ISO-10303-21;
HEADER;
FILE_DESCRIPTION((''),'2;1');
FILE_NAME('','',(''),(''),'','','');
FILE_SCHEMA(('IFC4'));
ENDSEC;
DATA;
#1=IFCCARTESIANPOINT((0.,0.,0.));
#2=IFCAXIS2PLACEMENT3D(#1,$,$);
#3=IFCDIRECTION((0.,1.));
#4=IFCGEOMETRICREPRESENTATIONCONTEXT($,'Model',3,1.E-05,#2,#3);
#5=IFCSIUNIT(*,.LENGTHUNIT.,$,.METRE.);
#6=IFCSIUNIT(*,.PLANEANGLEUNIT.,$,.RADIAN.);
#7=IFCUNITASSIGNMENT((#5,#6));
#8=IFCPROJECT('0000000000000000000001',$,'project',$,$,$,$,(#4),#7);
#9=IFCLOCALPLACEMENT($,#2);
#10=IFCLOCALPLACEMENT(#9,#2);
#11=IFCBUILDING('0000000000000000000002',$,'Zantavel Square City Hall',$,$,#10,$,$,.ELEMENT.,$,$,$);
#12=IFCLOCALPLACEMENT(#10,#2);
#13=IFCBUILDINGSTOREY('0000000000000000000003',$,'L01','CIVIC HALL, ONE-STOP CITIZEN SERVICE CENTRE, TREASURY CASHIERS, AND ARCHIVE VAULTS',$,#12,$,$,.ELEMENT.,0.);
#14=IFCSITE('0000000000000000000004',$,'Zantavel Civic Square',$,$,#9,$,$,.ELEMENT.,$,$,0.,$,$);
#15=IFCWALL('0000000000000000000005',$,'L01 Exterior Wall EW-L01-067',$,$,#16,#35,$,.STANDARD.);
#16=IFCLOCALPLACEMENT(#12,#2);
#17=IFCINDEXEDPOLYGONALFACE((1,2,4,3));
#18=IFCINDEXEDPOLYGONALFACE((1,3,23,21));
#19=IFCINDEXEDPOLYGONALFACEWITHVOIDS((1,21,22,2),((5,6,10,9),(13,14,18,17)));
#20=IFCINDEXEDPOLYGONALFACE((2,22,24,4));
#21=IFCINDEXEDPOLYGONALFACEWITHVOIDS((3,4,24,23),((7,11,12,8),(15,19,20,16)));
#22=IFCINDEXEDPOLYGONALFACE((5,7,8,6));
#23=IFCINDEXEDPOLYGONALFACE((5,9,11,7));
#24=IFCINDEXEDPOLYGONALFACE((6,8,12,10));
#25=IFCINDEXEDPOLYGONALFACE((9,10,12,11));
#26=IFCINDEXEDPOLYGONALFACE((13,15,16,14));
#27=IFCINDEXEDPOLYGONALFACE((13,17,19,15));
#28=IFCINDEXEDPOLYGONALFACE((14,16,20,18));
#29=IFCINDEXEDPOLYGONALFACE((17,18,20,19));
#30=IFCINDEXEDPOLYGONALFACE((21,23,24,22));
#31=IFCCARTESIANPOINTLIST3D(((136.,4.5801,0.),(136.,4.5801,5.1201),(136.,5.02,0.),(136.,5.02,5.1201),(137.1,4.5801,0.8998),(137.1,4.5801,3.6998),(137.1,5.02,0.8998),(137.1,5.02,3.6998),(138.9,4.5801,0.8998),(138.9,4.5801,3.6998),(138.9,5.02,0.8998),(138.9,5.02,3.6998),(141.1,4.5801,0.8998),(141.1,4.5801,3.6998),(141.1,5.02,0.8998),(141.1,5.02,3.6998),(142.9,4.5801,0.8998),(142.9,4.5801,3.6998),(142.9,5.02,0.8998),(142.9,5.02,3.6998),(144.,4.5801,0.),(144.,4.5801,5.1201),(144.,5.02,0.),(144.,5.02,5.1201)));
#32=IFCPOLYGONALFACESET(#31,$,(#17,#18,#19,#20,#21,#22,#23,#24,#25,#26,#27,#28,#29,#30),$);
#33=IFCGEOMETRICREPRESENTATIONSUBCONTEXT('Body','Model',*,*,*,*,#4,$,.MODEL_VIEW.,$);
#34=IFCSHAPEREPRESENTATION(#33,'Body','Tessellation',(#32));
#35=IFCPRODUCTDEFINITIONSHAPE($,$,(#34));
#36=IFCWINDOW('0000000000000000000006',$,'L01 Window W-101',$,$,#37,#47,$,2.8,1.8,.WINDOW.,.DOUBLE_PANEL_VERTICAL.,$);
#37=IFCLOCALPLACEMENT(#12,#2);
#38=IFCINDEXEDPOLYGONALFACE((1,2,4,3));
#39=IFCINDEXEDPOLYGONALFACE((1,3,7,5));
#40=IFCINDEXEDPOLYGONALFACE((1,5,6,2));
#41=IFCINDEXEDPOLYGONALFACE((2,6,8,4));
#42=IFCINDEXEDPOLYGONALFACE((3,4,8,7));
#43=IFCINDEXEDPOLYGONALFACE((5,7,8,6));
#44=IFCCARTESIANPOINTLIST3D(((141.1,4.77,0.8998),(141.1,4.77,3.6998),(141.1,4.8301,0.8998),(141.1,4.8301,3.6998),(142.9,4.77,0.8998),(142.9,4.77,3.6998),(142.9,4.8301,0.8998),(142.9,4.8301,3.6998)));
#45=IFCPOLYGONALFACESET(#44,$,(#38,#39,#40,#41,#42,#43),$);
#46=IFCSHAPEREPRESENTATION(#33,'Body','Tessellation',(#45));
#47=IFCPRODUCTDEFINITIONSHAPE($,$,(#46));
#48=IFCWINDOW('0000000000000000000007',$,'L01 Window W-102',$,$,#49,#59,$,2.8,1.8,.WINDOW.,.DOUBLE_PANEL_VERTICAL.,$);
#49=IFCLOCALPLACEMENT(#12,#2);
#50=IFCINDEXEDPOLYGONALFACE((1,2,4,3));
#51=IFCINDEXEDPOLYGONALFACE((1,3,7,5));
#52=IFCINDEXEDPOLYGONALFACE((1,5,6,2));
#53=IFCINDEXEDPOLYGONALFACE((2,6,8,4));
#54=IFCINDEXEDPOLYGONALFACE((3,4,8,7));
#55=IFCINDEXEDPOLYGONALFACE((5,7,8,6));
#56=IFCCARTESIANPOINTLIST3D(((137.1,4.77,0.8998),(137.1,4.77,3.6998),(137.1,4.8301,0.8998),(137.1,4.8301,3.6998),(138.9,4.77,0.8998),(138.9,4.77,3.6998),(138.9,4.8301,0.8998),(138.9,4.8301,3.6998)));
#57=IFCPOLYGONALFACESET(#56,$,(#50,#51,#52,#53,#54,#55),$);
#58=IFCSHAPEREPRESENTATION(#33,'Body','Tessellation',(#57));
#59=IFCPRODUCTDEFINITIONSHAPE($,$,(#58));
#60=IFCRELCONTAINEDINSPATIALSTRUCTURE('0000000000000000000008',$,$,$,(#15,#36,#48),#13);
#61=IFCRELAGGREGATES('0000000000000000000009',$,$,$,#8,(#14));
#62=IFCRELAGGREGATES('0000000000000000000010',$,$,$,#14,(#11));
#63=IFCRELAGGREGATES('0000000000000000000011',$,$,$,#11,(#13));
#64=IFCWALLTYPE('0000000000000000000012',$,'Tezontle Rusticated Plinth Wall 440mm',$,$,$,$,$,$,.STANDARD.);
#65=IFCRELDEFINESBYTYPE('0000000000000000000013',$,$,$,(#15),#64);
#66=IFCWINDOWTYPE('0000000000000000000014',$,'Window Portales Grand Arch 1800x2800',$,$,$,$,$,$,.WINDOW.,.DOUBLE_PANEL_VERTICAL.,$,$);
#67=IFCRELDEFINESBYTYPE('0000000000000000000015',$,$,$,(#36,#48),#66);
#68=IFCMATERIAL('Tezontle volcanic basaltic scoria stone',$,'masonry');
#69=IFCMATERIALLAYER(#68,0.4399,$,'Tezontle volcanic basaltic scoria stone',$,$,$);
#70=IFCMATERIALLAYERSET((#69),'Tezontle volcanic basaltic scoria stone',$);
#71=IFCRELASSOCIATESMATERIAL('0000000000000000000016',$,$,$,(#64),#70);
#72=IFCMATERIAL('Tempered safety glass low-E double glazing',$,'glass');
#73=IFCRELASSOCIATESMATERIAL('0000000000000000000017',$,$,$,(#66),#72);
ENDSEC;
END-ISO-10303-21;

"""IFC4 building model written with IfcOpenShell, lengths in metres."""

from ifc_helpers import new_model, si_unit, direction, frame, frame_2d, origin, place, context, subcontext, project, spatial, rectangle, extrude, material, layer, layer_set, type_object, element, fill, save


model = new_model("IFC4")

# Units and contexts
model_context = context("Model", 3, precision=1e-05, world=origin(), true_north=direction((0.0, 1.0)))
body_context = subcontext(model_context, "Body", "Model", "MODEL_VIEW")
ifc_project = project(units=[si_unit("LENGTHUNIT", "METRE"), si_unit("PLANEANGLEUNIT", "RADIAN")], contexts=[model_context])

# Site, building, storey
site_placement = place(None, origin())
site = spatial("IfcSite", under=ifc_project, at=site_placement, Name="Zantavel Civic Square", CompositionType="ELEMENT", RefElevation=0.0)
building_placement = place(site_placement, origin())
building = spatial("IfcBuilding", under=site, at=building_placement, Name="Zantavel Square City Hall", CompositionType="ELEMENT")
storey_placement = place(building_placement, origin())
storey = spatial("IfcBuildingStorey", under=building, at=storey_placement, Name="L01", Description="CIVIC HALL, ONE-STOP CITIZEN SERVICE CENTRE, TREASURY CASHIERS, AND ARCHIVE VAULTS", CompositionType="ELEMENT", Elevation=0.0)

# Wall, openings, windows
ifc_material_1 = material(Name="Tezontle volcanic basaltic scoria stone", Category="masonry")
ifc_layer = layer(ifc_material_1, 0.4399, Name="Tezontle volcanic basaltic scoria stone")
ifc_layer_set = layer_set([ifc_layer], Name="Tezontle volcanic basaltic scoria stone")
wall_type = type_object("IfcWallType", Name="Tezontle Rusticated Plinth Wall 440mm", PredefinedType="STANDARD", material=ifc_layer_set)
wall_1_placement = place(storey_placement, frame((144.0, 4.8, 0.0), z_axis=(0.0, 0.0, 1.0), x_axis=(-1.0, 0.0, 0.0)))
wall_1 = element("IfcWall", 1, at=wall_1_placement, inside=storey, type_object=wall_type, Name="L01 Exterior Wall EW-L01-067", PredefinedType="STANDARD", context=body_context, shape_type="SweptSolid", body=[
    extrude(rectangle(XDim=8.0, YDim=0.4399, at=frame_2d((4.0, 0.0))), origin(), (0.0, 0.0, 1.0), 5.1201),
])
opening_1_placement = place(wall_1_placement, frame((1.1001, 0.0, 0.8999)))
opening_1 = element("IfcOpeningElement", 2, at=opening_1_placement, cuts=wall_1, PredefinedType="OPENING", context=body_context, shape_type="SweptSolid", body=[
    extrude(rectangle(XDim=1.8, YDim=2.8, at=frame_2d((0.8999, 1.3999))), frame((0.0, 0.23, 0.0), z_axis=(0.0, -1.0, 0.0), x_axis=(1.0, 0.0, 0.0)), (0.0, 0.0, 1.0), 0.46),
])
opening_2_placement = place(wall_1_placement, frame((5.1001, 0.0, 0.8999)))
opening_2 = element("IfcOpeningElement", 3, at=opening_2_placement, cuts=wall_1, PredefinedType="OPENING", context=body_context, shape_type="SweptSolid", body=[
    extrude(rectangle(XDim=1.8, YDim=2.8, at=frame_2d((0.8999, 1.3999))), frame((0.0, 0.23, 0.0), z_axis=(0.0, -1.0, 0.0), x_axis=(1.0, 0.0, 0.0)), (0.0, 0.0, 1.0), 0.46),
])
ifc_material_2 = material(Name="Tempered safety glass low-E double glazing", Category="glass")
window_type = type_object("IfcWindowType", Name="Window Portales Grand Arch 1800x2800", PartitioningType="DOUBLE_PANEL_VERTICAL", PredefinedType="WINDOW", material=ifc_material_2)
window_1_placement = place(opening_1_placement, origin())
window_1 = element("IfcWindow", 4, at=window_1_placement, inside=storey, type_object=window_type, Name="L01 Window W-101", OverallHeight=2.8, OverallWidth=1.8, PartitioningType="DOUBLE_PANEL_VERTICAL", PredefinedType="WINDOW", context=body_context, shape_type="SweptSolid", body=[
    extrude(rectangle(XDim=1.8, YDim=2.8, at=frame_2d((0.8999, 1.3999))), frame((0.0, 0.03, 0.0), z_axis=(0.0, -1.0, 0.0), x_axis=(1.0, 0.0, 0.0)), (0.0, 0.0, 1.0), 0.0601),
])
fill(opening_1, window_1)
window_2_placement = place(opening_2_placement, origin())
window_2 = element("IfcWindow", 5, at=window_2_placement, inside=storey, type_object=window_type, Name="L01 Window W-102", OverallHeight=2.8, OverallWidth=1.8, PartitioningType="DOUBLE_PANEL_VERTICAL", PredefinedType="WINDOW", context=body_context, shape_type="SweptSolid", body=[
    extrude(rectangle(XDim=1.8, YDim=2.8, at=frame_2d((0.8999, 1.3999))), frame((0.0, 0.03, 0.0), z_axis=(0.0, -1.0, 0.0), x_axis=(1.0, 0.0, 0.0)), (0.0, 0.0, 1.0), 0.0601),
])
fill(opening_2, window_2)

save(model, "model.ifc")
